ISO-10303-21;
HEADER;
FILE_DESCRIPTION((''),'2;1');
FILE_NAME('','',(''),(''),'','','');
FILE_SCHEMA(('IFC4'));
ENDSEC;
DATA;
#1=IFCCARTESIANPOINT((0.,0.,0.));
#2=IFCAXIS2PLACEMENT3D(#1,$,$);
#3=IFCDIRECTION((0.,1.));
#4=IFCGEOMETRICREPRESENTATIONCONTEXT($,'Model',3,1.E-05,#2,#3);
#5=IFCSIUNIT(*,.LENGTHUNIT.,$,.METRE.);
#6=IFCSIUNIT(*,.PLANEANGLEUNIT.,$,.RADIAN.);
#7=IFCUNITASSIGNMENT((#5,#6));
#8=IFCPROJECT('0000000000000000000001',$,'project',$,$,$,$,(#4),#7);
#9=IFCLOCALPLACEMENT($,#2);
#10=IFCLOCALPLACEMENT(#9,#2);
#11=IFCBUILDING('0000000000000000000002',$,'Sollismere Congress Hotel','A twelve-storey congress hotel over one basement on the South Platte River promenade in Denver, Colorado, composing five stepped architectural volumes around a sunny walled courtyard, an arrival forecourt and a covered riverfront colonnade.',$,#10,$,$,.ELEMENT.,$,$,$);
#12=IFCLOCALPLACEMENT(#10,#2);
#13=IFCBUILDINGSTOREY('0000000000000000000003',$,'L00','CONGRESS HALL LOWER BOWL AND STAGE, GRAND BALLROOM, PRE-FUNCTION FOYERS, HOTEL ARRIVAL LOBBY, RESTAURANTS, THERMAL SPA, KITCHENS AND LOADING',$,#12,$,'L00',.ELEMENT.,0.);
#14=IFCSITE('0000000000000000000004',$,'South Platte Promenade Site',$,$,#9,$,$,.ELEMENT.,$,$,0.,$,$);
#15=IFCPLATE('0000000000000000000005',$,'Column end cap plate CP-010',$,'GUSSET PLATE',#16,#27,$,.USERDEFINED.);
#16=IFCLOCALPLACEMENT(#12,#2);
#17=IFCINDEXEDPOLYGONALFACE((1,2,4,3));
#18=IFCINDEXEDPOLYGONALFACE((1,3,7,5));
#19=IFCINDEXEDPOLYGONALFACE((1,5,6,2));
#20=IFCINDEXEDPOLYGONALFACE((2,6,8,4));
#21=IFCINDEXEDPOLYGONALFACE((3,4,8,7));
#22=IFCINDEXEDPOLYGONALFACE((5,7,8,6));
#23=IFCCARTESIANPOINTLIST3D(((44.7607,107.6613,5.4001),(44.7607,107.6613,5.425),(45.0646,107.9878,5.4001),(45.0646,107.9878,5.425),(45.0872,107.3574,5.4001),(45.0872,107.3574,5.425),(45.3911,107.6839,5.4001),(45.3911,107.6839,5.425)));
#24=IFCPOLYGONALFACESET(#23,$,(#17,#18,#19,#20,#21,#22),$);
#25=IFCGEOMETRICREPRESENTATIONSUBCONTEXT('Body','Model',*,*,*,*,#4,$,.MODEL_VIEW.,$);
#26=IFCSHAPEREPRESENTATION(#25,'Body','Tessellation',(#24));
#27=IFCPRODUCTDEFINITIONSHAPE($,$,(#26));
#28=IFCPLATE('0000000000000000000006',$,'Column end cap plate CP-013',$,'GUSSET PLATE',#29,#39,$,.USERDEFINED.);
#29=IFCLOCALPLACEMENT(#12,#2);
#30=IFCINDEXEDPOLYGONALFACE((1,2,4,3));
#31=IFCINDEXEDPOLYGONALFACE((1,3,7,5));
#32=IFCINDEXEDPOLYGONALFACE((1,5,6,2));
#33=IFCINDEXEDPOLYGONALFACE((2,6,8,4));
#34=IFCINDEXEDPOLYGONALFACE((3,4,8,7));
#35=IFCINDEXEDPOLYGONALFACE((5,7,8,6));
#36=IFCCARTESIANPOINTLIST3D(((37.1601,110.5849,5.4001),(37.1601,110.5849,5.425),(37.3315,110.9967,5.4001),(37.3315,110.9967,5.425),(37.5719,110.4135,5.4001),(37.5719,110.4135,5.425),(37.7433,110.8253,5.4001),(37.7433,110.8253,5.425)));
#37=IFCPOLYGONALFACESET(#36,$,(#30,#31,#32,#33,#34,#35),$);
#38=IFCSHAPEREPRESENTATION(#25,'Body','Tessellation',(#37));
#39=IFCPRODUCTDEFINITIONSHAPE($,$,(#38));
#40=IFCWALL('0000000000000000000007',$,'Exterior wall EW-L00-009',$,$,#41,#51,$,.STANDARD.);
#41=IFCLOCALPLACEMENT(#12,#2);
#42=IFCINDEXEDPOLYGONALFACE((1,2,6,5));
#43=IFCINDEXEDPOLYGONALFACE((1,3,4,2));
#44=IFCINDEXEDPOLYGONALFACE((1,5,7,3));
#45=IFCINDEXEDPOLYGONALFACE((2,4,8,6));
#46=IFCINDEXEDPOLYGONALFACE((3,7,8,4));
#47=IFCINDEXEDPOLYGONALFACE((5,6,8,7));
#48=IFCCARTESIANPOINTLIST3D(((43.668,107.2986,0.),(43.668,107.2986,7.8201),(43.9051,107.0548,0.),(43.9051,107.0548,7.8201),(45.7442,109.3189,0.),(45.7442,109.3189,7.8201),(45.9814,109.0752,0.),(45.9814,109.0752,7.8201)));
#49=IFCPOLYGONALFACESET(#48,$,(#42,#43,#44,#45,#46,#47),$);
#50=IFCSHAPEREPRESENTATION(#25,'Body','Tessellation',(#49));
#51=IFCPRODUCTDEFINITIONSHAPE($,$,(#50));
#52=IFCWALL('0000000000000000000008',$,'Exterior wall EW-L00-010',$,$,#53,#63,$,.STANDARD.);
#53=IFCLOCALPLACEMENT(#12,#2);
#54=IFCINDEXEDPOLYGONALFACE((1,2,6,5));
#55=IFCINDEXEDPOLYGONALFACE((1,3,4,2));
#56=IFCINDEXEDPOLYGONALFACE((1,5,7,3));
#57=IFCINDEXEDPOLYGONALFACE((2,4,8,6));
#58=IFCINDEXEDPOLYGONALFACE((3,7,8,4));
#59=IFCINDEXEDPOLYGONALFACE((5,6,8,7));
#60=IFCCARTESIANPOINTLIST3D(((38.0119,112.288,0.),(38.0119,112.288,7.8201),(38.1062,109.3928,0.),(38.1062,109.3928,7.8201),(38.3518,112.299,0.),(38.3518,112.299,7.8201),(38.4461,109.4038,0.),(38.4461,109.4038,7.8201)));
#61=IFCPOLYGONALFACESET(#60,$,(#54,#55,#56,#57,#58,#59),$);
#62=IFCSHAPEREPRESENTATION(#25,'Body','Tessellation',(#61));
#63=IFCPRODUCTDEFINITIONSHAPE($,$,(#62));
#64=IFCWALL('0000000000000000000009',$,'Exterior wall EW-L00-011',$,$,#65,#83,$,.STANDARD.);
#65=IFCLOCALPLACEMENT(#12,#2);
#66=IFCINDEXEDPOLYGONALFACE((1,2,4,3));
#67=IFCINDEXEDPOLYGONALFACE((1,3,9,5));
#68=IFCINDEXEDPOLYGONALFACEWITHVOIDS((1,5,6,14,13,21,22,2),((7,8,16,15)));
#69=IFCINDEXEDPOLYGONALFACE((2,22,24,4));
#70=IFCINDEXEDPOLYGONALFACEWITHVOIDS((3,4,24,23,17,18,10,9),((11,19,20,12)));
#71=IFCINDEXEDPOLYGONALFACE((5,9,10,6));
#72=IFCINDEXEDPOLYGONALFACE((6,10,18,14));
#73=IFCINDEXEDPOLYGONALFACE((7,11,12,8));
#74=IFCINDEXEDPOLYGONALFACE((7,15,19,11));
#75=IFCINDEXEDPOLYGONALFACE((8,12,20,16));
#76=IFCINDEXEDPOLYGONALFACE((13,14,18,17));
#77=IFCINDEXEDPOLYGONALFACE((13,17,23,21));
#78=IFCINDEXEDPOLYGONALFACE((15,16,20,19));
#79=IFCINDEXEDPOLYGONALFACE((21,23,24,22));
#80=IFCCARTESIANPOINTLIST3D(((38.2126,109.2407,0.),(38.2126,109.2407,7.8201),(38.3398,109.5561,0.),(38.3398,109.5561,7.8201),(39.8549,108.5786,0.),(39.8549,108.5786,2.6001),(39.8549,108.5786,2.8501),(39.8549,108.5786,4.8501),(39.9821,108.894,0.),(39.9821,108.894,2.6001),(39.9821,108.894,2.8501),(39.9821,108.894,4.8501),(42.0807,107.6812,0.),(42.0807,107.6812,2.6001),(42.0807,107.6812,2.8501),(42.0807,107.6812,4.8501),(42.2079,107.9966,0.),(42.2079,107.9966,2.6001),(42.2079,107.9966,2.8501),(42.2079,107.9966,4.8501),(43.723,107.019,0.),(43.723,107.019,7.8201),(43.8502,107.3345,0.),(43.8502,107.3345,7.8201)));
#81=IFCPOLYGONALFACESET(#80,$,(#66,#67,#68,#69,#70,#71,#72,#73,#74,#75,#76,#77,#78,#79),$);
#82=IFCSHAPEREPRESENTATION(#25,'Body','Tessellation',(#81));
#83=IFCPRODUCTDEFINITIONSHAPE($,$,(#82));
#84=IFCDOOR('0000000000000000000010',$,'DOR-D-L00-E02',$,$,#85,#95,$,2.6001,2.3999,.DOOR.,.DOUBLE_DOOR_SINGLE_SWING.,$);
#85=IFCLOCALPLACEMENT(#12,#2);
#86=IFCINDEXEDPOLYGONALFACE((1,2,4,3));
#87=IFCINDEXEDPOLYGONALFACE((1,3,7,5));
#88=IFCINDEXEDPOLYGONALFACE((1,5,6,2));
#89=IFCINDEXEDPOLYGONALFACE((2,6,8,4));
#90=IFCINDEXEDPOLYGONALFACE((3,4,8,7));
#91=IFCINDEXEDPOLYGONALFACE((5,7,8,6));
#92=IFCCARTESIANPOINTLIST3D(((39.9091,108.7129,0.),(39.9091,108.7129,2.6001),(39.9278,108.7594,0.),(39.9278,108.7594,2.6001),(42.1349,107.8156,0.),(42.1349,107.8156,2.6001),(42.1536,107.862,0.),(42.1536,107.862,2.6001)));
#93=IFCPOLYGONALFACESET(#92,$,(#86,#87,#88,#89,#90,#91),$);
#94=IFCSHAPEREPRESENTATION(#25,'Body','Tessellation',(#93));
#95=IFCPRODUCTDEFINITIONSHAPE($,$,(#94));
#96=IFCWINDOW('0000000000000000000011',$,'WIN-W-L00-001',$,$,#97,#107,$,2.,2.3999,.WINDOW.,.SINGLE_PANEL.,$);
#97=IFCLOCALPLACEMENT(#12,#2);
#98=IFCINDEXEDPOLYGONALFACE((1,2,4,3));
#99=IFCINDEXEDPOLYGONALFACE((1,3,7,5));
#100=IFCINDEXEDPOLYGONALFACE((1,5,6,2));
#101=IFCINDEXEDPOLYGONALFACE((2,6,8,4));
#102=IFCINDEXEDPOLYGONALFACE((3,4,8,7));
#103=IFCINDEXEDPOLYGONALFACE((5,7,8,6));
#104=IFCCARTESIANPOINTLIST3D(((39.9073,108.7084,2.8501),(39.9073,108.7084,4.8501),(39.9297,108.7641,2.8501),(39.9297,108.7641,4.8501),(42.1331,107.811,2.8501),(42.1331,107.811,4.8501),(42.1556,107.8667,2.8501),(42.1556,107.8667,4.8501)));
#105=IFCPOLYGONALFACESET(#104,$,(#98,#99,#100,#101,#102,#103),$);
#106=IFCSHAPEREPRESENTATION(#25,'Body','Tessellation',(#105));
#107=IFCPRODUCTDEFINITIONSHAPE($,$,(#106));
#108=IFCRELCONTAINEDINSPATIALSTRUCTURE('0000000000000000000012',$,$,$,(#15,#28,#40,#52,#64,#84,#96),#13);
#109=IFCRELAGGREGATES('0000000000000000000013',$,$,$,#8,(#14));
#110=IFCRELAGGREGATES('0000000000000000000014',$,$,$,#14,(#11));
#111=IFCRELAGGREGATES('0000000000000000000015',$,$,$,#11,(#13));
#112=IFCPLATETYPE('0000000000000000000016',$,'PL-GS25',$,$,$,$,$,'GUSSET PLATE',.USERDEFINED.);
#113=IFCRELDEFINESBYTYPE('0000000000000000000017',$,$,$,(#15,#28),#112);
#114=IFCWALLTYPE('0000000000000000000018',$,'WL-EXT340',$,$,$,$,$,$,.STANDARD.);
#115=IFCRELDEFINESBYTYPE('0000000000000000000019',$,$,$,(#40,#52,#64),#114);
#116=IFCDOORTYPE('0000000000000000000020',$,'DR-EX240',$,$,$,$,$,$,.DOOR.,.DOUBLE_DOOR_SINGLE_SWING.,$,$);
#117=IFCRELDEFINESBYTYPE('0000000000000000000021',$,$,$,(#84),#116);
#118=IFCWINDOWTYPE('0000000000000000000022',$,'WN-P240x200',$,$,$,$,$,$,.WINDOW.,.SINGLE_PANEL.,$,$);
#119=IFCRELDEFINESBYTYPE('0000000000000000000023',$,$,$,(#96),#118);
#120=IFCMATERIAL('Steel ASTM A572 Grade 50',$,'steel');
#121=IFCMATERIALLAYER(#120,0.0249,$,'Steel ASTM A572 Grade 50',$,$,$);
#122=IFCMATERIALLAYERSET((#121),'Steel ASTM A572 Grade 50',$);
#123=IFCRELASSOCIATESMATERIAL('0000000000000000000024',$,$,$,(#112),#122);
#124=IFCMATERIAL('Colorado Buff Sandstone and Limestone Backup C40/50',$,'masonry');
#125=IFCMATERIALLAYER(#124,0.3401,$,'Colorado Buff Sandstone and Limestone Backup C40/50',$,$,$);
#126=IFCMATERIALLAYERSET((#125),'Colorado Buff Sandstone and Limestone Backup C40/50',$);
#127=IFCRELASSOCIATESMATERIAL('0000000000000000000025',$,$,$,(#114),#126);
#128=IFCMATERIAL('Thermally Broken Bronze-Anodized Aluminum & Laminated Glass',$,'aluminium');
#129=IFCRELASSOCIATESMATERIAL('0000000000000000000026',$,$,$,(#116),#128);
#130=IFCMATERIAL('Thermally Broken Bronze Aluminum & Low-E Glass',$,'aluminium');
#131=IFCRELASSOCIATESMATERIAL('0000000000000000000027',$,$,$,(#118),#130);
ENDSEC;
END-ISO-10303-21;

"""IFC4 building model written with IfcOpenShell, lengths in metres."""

from ifc_helpers import new_model, si_unit, direction, frame, frame_2d, origin, origin_2d, place, context, subcontext, project, spatial, rectangle, extrude, material, layer, layer_set, type_object, element, fill, save


model = new_model("IFC4")

# Units and contexts
model_context = context("Model", 3, precision=1e-05, world=origin(), true_north=direction((0.0, 1.0)))
body_context = subcontext(model_context, "Body", "Model", "MODEL_VIEW")
ifc_project = project(units=[si_unit("LENGTHUNIT", "METRE"), si_unit("PLANEANGLEUNIT", "RADIAN")], contexts=[model_context])

# Site, building, storey
site_placement = place(None, origin())
site = spatial("IfcSite", under=ifc_project, at=site_placement, Name="South Platte Promenade Site", CompositionType="ELEMENT", RefElevation=0.0)
building_placement = place(site_placement, origin())
building = spatial("IfcBuilding", under=site, at=building_placement, Name="Sollismere Congress Hotel", Description="A twelve-storey congress hotel over one basement on the South Platte River promenade in Denver, Colorado, composing five stepped architectural volumes around a sunny walled courtyard, an arrival forecourt and a covered riverfront colonnade.", CompositionType="ELEMENT")
storey_placement = place(building_placement, origin())
storey = spatial("IfcBuildingStorey", under=building, at=storey_placement, Name="L00", Description="CONGRESS HALL LOWER BOWL AND STAGE, GRAND BALLROOM, PRE-FUNCTION FOYERS, HOTEL ARRIVAL LOBBY, RESTAURANTS, THERMAL SPA, KITCHENS AND LOADING", LongName="L00", CompositionType="ELEMENT", Elevation=0.0)

# Plates
ifc_material_1 = material(Name="Steel ASTM A572 Grade 50", Category="steel")
ifc_layer_1 = layer(ifc_material_1, 0.0249, Name="Steel ASTM A572 Grade 50")
ifc_layer_set_1 = layer_set([ifc_layer_1], Name="Steel ASTM A572 Grade 50")
plate_type_1 = type_object("IfcPlateType", Name="PL-GS25", ElementType="GUSSET PLATE", PredefinedType="USERDEFINED", material=ifc_layer_set_1)
for number, where, z_axis, x_axis, name in (
    (1, (45.0759, 107.6726, 5.4001), (0.0, 0.0, 1.0), (0.68136, 0.731949, 0.0), "Column end cap plate CP-010"),
    (2, (37.4517, 110.7051, 5.4001), (0.0, 0.0, 1.0), (0.384295, 0.92321, 0.0), "Column end cap plate CP-013"),
):
    element("IfcPlate", number, at=place(storey_placement, frame(where, z_axis=z_axis, x_axis=x_axis)), inside=storey, type_object=plate_type_1, Name=name, ObjectType="GUSSET PLATE", PredefinedType="USERDEFINED", context=body_context, shape_type="SweptSolid", body=[
        extrude(rectangle(XDim=0.446, YDim=0.446, at=origin_2d()), origin(), (0.0, 0.0, 1.0), 0.0249),
    ])

# Walls
ifc_material_2 = material(Name="Colorado Buff Sandstone and Limestone Backup C40/50", Category="masonry")
ifc_layer_2 = layer(ifc_material_2, 0.3401, Name="Colorado Buff Sandstone and Limestone Backup C40/50")
ifc_layer_set_2 = layer_set([ifc_layer_2], Name="Colorado Buff Sandstone and Limestone Backup C40/50")
wall_type = type_object("IfcWallType", Name="WL-EXT340", PredefinedType="STANDARD", material=ifc_layer_set_2)
wall_1_placement = place(storey_placement, frame((45.8628, 109.197, 0.0), z_axis=(0.0, 0.0, 1.0), x_axis=(-0.716691, -0.697391, 0.0)))
element("IfcWall", 3, at=wall_1_placement, inside=storey, type_object=wall_type, Name="Exterior wall EW-L00-009", PredefinedType="STANDARD", context=body_context, shape_type="SweptSolid", body=[
    extrude(rectangle(XDim=2.897, YDim=0.3401, at=frame_2d((1.4485, 0.0))), origin(), (0.0, 0.0, 1.0), 7.8201),
])
wall_2_placement = place(storey_placement, frame((38.2761, 109.3984, 0.0), z_axis=(0.0, 0.0, 1.0), x_axis=(-0.032532, 0.999471, 0.0)))
element("IfcWall", 4, at=wall_2_placement, inside=storey, type_object=wall_type, Name="Exterior wall EW-L00-010", PredefinedType="STANDARD", context=body_context, shape_type="SweptSolid", body=[
    extrude(rectangle(XDim=2.8967, YDim=0.3401, at=frame_2d((1.4482, 0.0))), origin(), (0.0, 0.0, 1.0), 7.8201),
])

# Wall, openings, door, window
wall_3_placement = place(storey_placement, frame((43.7866, 107.1768, 0.0), z_axis=(0.0, 0.0, 1.0), x_axis=(-0.927459, 0.373926, 0.0)))
wall_3 = element("IfcWall", 5, at=wall_3_placement, inside=storey, type_object=wall_type, Name="Exterior wall EW-L00-011", PredefinedType="STANDARD", context=body_context, shape_type="SweptSolid", body=[
    extrude(rectangle(XDim=5.9414, YDim=0.3401, at=frame_2d((2.9707, 0.0))), origin(), (0.0, 0.0, 1.0), 7.8201),
])
opening_1_placement = place(wall_3_placement, frame((1.7708, 0.0, 0.0)))
opening_1 = element("IfcOpeningElement", 6, at=opening_1_placement, cuts=wall_3, PredefinedType="OPENING", context=body_context, shape_type="SweptSolid", body=[
    extrude(rectangle(XDim=2.3999, YDim=2.6001, at=frame_2d((1.2, 1.3))), frame((0.0, 0.1799, 0.0), z_axis=(0.0, -1.0, 0.0), x_axis=(1.0, 0.0, 0.0)), (0.0, 0.0, 1.0), 0.3601),
])
opening_2_placement = place(wall_3_placement, frame((1.7708, 0.0, 2.8501)))
opening_2 = element("IfcOpeningElement", 7, at=opening_2_placement, cuts=wall_3, PredefinedType="OPENING", context=body_context, shape_type="SweptSolid", body=[
    extrude(rectangle(XDim=2.3999, YDim=2.0, at=frame_2d((1.2, 1.0))), frame((0.0, 0.1799, 0.0), z_axis=(0.0, -1.0, 0.0), x_axis=(1.0, 0.0, 0.0)), (0.0, 0.0, 1.0), 0.3601),
])
ifc_material_3 = material(Name="Thermally Broken Bronze-Anodized Aluminum & Laminated Glass", Category="aluminium")
door_type = type_object("IfcDoorType", Name="DR-EX240", OperationType="DOUBLE_DOOR_SINGLE_SWING", PredefinedType="DOOR", material=ifc_material_3)
door_placement = place(opening_1_placement, frame((2.3999, 0.0, 0.0), z_axis=(0.0, 0.0, 1.0), x_axis=(-1.0, 0.0, 0.0)))
door = element("IfcDoor", 8, at=door_placement, inside=storey, type_object=door_type, Name="DOR-D-L00-E02", OperationType="DOUBLE_DOOR_SINGLE_SWING", OverallHeight=2.6001, OverallWidth=2.3999, PredefinedType="DOOR", context=body_context, shape_type="SweptSolid", body=[
    extrude(rectangle(XDim=2.3999, YDim=2.6001, at=frame_2d((1.2, 1.3))), frame((0.0, 0.0249, 0.0), z_axis=(0.0, -1.0, 0.0), x_axis=(1.0, 0.0, 0.0)), (0.0, 0.0, 1.0), 0.05),
])
fill(opening_1, door)
ifc_material_4 = material(Name="Thermally Broken Bronze Aluminum & Low-E Glass", Category="aluminium")
window_type = type_object("IfcWindowType", Name="WN-P240x200", PartitioningType="SINGLE_PANEL", PredefinedType="WINDOW", material=ifc_material_4)
window_placement = place(opening_2_placement, origin())
window = element("IfcWindow", 9, at=window_placement, inside=storey, type_object=window_type, Name="WIN-W-L00-001", OverallHeight=2.0, OverallWidth=2.3999, PartitioningType="SINGLE_PANEL", PredefinedType="WINDOW", context=body_context, shape_type="SweptSolid", body=[
    extrude(rectangle(XDim=2.3999, YDim=2.0, at=frame_2d((1.2, 1.0))), frame((0.0, 0.03, 0.0), z_axis=(0.0, -1.0, 0.0), x_axis=(1.0, 0.0, 0.0)), (0.0, 0.0, 1.0), 0.0601),
])
fill(opening_2, window)

save(model, "model.ifc")
